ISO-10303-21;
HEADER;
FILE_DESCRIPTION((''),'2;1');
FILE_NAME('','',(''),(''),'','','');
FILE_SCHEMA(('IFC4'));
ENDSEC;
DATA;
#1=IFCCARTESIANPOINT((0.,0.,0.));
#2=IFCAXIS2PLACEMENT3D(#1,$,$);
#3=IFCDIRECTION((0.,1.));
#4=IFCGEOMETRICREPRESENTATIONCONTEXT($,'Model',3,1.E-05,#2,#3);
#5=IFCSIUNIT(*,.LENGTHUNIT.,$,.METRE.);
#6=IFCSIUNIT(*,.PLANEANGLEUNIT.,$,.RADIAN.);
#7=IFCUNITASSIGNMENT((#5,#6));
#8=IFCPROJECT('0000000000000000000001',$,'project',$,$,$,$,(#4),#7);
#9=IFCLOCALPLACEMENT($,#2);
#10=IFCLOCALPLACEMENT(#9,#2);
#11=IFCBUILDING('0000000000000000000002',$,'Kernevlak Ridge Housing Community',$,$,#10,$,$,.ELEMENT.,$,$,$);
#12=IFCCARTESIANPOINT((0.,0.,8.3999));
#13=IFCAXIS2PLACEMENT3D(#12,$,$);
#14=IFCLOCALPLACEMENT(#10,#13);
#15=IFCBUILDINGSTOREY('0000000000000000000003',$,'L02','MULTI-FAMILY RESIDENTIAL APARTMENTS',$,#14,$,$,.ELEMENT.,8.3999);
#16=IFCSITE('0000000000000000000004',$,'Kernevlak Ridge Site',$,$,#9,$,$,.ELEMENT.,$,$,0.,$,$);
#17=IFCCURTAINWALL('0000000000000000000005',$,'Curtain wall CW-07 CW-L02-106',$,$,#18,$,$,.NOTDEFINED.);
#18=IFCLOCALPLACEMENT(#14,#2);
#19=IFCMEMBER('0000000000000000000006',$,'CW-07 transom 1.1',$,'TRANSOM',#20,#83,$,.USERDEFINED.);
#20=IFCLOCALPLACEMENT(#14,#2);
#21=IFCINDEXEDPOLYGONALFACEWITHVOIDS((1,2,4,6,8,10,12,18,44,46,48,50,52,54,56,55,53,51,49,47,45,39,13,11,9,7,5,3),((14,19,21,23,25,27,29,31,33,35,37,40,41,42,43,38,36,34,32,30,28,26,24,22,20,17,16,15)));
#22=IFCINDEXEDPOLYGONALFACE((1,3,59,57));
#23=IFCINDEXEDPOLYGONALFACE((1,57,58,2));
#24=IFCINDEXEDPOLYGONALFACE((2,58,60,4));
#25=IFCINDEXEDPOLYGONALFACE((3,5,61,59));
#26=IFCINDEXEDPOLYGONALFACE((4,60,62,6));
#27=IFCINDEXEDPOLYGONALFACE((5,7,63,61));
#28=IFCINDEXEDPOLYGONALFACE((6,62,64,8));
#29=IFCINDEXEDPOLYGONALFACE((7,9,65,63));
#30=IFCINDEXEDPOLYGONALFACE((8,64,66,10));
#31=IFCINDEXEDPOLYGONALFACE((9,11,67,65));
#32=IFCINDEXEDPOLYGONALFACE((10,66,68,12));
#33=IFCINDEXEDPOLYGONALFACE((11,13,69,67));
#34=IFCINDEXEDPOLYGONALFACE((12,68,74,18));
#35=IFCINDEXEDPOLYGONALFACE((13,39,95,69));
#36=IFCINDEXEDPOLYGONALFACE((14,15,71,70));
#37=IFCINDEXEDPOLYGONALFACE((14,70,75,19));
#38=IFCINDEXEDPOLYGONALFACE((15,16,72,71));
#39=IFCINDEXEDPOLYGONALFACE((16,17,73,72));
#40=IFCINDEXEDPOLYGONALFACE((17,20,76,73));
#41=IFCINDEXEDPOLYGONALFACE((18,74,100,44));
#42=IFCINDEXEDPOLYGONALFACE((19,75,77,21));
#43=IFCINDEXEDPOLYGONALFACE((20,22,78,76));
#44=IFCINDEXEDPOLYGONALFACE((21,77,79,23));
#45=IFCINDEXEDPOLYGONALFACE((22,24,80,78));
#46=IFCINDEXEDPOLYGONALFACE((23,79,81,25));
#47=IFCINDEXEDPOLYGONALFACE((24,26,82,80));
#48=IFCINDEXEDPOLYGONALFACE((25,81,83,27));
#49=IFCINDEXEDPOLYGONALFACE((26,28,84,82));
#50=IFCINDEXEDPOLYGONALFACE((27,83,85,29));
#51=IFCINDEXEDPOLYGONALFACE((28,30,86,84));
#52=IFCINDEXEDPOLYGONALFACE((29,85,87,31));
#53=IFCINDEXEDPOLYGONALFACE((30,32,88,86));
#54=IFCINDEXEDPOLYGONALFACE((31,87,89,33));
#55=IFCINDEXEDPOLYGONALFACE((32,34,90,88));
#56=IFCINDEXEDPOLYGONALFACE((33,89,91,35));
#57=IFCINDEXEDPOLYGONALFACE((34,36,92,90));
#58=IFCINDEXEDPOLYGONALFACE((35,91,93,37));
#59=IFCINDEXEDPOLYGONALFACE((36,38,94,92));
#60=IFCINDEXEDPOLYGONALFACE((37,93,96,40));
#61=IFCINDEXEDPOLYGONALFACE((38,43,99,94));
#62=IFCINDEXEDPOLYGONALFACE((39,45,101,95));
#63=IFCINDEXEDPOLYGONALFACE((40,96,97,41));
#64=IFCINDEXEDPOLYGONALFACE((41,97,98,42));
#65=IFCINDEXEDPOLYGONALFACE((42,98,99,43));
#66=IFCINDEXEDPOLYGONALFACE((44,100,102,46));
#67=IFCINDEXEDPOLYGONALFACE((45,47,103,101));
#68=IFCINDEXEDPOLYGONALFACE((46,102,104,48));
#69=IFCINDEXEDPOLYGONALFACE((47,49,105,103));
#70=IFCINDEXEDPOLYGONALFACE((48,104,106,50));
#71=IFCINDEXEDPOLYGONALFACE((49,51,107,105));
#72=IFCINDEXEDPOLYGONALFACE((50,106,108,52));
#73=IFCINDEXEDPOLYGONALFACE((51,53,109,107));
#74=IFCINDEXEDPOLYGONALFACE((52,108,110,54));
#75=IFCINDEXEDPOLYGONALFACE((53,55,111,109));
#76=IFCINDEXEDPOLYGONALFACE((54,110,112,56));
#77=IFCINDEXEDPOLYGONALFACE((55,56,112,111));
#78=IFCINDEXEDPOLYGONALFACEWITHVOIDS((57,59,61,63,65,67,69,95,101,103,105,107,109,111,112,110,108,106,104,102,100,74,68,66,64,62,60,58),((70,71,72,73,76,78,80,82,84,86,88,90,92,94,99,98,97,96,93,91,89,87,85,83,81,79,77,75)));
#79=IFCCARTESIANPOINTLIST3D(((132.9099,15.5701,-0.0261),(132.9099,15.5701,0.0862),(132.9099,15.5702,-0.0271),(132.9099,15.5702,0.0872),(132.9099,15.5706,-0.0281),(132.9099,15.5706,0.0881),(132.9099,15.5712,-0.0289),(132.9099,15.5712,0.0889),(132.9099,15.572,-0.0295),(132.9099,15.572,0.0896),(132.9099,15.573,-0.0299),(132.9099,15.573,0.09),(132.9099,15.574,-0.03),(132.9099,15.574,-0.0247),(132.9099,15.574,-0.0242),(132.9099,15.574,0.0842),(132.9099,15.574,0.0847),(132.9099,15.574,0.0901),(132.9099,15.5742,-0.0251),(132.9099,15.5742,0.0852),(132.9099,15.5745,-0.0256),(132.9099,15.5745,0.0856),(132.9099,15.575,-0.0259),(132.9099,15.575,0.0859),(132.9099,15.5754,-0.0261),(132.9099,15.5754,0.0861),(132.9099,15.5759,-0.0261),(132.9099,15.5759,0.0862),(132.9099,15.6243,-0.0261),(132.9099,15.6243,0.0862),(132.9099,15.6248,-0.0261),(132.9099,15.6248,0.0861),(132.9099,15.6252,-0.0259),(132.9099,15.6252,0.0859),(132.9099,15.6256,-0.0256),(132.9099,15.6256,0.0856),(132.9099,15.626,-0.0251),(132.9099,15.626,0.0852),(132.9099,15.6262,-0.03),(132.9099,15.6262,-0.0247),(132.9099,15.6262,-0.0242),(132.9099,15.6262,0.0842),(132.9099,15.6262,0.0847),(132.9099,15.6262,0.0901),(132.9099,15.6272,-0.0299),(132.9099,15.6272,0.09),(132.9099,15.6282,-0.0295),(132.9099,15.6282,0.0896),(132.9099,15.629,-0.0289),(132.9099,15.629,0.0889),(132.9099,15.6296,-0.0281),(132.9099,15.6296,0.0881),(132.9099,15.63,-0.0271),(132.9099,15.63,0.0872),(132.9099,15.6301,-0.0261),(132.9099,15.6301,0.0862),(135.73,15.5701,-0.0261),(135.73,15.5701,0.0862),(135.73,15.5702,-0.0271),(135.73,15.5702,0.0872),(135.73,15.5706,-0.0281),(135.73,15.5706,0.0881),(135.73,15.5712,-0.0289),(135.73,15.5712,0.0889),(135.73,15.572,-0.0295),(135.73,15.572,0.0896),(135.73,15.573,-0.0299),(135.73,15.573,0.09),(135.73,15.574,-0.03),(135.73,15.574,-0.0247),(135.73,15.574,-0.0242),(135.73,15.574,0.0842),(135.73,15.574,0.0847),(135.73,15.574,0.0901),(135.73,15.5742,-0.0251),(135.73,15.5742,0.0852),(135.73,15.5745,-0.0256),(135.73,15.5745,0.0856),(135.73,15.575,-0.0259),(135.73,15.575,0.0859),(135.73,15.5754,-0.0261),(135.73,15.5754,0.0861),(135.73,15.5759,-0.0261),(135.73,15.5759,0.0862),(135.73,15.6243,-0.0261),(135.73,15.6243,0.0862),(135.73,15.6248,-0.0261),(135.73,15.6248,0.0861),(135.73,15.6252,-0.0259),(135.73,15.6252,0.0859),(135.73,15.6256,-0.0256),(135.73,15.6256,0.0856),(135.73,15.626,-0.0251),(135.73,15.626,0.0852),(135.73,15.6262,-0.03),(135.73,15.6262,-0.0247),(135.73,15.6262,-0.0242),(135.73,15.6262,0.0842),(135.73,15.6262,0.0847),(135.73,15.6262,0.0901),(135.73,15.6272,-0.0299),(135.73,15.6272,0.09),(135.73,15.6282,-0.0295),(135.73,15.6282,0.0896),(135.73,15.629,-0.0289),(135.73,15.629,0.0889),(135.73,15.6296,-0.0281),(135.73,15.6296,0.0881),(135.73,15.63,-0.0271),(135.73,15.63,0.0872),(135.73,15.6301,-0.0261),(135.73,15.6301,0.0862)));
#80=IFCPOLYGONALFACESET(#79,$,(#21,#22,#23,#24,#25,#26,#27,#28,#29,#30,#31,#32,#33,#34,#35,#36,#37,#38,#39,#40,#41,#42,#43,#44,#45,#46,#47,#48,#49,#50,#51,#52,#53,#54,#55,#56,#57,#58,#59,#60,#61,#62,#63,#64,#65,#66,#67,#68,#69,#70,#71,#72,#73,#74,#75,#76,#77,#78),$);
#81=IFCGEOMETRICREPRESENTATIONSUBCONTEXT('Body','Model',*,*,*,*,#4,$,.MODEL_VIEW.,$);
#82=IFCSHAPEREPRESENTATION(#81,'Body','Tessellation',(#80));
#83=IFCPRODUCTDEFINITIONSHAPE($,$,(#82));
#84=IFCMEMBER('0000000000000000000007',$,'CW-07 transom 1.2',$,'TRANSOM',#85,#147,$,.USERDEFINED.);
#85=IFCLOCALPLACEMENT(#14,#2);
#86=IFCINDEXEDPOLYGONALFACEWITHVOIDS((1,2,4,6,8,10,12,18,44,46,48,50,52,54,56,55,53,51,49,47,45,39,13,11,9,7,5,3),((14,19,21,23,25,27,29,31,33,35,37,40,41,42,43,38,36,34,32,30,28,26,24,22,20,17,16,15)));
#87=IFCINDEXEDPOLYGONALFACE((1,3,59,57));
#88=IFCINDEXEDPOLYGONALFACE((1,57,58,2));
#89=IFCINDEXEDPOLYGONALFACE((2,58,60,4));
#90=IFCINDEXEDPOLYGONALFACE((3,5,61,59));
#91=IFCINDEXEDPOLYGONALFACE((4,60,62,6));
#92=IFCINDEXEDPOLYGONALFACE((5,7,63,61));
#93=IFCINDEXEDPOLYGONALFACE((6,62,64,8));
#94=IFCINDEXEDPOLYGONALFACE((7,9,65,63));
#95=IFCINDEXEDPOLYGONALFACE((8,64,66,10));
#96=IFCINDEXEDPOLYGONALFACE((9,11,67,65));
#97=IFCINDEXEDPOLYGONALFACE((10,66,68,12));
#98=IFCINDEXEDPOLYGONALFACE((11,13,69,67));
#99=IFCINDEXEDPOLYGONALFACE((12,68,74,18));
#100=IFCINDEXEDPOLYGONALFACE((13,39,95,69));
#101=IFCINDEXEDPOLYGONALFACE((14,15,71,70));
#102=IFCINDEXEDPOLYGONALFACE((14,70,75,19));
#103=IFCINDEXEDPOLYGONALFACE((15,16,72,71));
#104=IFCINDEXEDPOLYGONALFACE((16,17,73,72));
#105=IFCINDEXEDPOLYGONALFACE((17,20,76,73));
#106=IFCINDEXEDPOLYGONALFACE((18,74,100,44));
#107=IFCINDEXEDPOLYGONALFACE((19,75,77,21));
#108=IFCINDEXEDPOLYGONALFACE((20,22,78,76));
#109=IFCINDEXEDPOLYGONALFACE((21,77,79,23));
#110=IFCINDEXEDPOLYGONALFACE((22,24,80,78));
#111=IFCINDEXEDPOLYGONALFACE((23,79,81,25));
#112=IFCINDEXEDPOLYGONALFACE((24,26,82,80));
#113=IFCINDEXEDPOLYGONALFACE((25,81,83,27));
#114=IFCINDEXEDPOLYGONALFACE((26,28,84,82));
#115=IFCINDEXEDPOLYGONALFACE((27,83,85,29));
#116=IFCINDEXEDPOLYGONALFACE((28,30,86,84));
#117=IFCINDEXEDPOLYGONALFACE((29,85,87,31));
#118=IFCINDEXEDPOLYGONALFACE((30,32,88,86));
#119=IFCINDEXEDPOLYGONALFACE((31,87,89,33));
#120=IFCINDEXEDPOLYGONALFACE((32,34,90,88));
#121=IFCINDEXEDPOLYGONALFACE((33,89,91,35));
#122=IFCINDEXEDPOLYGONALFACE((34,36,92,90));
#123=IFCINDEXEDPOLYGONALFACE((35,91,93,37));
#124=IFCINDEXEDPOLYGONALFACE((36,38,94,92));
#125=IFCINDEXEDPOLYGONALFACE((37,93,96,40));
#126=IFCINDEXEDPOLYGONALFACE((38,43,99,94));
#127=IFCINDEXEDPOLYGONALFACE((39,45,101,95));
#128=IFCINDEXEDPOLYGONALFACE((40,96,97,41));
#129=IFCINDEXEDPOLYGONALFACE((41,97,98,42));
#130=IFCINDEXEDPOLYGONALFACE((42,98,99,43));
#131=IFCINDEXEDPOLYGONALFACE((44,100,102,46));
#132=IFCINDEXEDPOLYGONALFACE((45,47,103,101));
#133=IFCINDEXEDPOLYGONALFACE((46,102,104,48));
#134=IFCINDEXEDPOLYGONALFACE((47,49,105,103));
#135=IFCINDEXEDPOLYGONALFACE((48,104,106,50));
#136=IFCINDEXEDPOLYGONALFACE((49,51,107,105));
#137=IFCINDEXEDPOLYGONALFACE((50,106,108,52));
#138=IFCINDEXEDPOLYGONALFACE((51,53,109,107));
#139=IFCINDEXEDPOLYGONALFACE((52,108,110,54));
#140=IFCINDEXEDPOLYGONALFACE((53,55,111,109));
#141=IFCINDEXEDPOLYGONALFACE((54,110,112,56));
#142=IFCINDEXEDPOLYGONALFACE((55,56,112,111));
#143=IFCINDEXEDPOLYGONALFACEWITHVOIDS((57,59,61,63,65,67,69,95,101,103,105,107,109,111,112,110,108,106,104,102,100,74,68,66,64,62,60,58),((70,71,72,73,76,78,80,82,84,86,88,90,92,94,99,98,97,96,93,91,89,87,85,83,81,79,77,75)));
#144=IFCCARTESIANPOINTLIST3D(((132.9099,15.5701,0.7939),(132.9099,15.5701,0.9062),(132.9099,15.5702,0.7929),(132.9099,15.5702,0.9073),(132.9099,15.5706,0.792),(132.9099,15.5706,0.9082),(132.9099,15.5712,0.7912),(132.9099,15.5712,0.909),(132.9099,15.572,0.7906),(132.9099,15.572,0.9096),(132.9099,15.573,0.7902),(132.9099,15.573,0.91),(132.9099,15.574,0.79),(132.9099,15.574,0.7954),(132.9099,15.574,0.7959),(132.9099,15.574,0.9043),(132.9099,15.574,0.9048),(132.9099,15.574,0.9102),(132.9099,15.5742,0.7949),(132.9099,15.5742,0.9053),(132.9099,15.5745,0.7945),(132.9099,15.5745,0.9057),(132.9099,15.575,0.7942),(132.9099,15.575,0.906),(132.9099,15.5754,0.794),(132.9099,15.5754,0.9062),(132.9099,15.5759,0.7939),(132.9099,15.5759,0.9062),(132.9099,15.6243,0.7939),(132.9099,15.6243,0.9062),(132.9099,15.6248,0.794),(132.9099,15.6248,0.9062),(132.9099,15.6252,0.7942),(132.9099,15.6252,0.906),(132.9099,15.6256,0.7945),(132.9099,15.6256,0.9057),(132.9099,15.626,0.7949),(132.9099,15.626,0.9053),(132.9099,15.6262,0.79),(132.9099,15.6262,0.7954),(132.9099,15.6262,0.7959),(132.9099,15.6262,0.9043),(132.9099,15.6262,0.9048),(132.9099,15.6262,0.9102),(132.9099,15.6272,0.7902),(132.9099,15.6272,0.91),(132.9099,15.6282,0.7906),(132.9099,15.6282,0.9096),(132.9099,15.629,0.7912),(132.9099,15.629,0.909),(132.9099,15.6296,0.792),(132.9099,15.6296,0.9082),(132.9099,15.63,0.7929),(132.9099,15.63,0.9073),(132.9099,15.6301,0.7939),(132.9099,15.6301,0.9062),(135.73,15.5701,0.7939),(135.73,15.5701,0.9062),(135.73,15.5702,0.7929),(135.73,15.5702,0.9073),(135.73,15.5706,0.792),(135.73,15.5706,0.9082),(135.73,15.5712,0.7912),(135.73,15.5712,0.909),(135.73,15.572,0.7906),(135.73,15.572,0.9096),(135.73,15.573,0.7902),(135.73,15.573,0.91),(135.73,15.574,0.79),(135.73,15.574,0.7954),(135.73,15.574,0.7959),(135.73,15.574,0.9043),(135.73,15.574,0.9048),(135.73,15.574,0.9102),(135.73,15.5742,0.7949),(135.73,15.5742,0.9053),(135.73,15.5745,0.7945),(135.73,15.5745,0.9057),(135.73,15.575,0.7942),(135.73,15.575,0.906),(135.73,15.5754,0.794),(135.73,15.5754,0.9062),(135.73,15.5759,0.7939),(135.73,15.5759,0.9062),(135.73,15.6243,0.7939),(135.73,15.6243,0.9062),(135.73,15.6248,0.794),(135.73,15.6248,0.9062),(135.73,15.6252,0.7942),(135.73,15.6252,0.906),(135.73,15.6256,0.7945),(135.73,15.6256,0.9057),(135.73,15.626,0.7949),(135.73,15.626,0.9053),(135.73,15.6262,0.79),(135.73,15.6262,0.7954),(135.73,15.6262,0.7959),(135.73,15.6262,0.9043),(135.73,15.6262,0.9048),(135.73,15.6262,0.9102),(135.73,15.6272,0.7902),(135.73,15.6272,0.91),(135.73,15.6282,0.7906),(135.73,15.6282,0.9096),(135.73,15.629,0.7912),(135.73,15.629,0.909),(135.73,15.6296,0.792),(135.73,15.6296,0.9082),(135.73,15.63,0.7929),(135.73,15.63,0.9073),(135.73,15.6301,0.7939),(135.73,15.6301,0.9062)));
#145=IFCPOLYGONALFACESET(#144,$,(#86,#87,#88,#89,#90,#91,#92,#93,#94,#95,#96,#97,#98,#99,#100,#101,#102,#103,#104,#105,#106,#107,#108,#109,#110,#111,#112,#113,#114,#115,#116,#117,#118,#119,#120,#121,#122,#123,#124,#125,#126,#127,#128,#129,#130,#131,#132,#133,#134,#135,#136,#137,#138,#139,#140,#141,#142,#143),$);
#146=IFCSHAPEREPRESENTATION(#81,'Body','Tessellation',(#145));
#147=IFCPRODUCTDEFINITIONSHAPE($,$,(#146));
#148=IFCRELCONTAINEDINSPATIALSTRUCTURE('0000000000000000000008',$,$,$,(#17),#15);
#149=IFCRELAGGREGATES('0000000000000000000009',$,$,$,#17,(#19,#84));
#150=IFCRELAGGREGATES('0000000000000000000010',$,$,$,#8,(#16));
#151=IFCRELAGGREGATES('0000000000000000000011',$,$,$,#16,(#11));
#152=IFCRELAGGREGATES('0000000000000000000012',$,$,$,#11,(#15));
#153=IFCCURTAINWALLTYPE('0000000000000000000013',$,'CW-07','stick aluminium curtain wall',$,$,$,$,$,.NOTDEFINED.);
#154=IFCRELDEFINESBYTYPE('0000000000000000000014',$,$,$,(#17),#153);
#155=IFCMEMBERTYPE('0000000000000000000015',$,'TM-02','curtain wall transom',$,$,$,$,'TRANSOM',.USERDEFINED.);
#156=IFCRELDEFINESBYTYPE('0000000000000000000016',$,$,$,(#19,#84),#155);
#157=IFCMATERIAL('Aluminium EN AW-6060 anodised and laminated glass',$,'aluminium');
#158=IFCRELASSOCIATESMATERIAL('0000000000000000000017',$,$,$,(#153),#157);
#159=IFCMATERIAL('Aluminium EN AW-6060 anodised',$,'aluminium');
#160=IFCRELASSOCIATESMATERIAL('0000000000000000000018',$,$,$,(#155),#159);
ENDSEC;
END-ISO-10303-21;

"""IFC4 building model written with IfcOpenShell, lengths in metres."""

from ifc_helpers import new_model, si_unit, direction, frame, origin, origin_2d, place, context, subcontext, project, spatial, hollow_rectangle, extrude, material, material_profile, profile_set, type_object, element, aggregate, save


model = new_model("IFC4")

# Units and contexts
model_context = context("Model", 3, precision=1e-05, world=origin(), true_north=direction((0.0, 1.0)))
body_context = subcontext(model_context, "Body", "Model", "MODEL_VIEW")
ifc_project = project(units=[si_unit("LENGTHUNIT", "METRE"), si_unit("PLANEANGLEUNIT", "RADIAN")], contexts=[model_context])

# Site, building, storey
site_placement = place(None, origin())
site = spatial("IfcSite", under=ifc_project, at=site_placement, Name="Kernevlak Ridge Site", CompositionType="ELEMENT", RefElevation=0.0)
building_placement = place(site_placement, origin())
building = spatial("IfcBuilding", under=site, at=building_placement, Name="Kernevlak Ridge Housing Community", CompositionType="ELEMENT")
storey_placement = place(building_placement, frame((0.0, 0.0, 8.3999)))
storey = spatial("IfcBuildingStorey", under=building, at=storey_placement, Name="L02", Description="MULTI-FAMILY RESIDENTIAL APARTMENTS", CompositionType="ELEMENT", Elevation=8.3999)

# Curtain wall
ifc_material_1 = material(Name="Aluminium EN AW-6060 anodised and laminated glass", Category="aluminium")
curtain_wall_type = type_object("IfcCurtainWallType", Name="CW-07", Description="stick aluminium curtain wall", PredefinedType="NOTDEFINED", material=ifc_material_1)
curtain_wall_placement = place(storey_placement, origin())
curtain_wall = element("IfcCurtainWall", 1, at=curtain_wall_placement, inside=storey, type_object=curtain_wall_type, Name="Curtain wall CW-07 CW-L02-106", PredefinedType="NOTDEFINED")
ifc_material_2 = material(Name="Aluminium EN AW-6060 anodised", Category="aluminium")

# Members
ifc_material_profile_1 = material_profile(ifc_material_2, hollow_rectangle(XDim=0.0601, YDim=0.1201, WallThickness=0.0039, InnerFilletRadius=0.002, OuterFilletRadius=0.0039, at=origin_2d()), Name="ALU 60x120x4")
ifc_profile_set_1 = profile_set([ifc_material_profile_1], Name="Aluminium EN AW-6060 anodised")
member_type_1 = type_object("IfcMemberType", Name="TM-02", Description="curtain wall transom", ElementType="TRANSOM", PredefinedType="USERDEFINED", material=ifc_profile_set_1)
member_1_placement = place(storey_placement, frame((132.9099, 15.6001, 0.03), z_axis=(1.0, 0.0, 0.0), x_axis=(0.0, 1.0, 0.0)))
member_1 = element("IfcMember", 2, at=member_1_placement, type_object=member_type_1, Name="CW-07 transom 1.1", ObjectType="TRANSOM", PredefinedType="USERDEFINED", context=body_context, shape_type="SweptSolid", body=[
    extrude(hollow_rectangle(XDim=0.0601, YDim=0.1201, WallThickness=0.0039, InnerFilletRadius=0.002, OuterFilletRadius=0.0039, at=origin_2d()), origin(), (0.0, 0.0, 1.0), 2.8201),
])
member_2_placement = place(storey_placement, frame((132.9099, 15.6001, 0.8501), z_axis=(1.0, 0.0, 0.0), x_axis=(0.0, 1.0, 0.0)))
member_2 = element("IfcMember", 3, at=member_2_placement, type_object=member_type_1, Name="CW-07 transom 1.2", ObjectType="TRANSOM", PredefinedType="USERDEFINED", context=body_context, shape_type="SweptSolid", body=[
    extrude(hollow_rectangle(XDim=0.0601, YDim=0.1201, WallThickness=0.0039, InnerFilletRadius=0.002, OuterFilletRadius=0.0039, at=origin_2d()), origin(), (0.0, 0.0, 1.0), 2.8201),
])
aggregate(curtain_wall, [member_1, member_2])

save(model, "model.ifc")
